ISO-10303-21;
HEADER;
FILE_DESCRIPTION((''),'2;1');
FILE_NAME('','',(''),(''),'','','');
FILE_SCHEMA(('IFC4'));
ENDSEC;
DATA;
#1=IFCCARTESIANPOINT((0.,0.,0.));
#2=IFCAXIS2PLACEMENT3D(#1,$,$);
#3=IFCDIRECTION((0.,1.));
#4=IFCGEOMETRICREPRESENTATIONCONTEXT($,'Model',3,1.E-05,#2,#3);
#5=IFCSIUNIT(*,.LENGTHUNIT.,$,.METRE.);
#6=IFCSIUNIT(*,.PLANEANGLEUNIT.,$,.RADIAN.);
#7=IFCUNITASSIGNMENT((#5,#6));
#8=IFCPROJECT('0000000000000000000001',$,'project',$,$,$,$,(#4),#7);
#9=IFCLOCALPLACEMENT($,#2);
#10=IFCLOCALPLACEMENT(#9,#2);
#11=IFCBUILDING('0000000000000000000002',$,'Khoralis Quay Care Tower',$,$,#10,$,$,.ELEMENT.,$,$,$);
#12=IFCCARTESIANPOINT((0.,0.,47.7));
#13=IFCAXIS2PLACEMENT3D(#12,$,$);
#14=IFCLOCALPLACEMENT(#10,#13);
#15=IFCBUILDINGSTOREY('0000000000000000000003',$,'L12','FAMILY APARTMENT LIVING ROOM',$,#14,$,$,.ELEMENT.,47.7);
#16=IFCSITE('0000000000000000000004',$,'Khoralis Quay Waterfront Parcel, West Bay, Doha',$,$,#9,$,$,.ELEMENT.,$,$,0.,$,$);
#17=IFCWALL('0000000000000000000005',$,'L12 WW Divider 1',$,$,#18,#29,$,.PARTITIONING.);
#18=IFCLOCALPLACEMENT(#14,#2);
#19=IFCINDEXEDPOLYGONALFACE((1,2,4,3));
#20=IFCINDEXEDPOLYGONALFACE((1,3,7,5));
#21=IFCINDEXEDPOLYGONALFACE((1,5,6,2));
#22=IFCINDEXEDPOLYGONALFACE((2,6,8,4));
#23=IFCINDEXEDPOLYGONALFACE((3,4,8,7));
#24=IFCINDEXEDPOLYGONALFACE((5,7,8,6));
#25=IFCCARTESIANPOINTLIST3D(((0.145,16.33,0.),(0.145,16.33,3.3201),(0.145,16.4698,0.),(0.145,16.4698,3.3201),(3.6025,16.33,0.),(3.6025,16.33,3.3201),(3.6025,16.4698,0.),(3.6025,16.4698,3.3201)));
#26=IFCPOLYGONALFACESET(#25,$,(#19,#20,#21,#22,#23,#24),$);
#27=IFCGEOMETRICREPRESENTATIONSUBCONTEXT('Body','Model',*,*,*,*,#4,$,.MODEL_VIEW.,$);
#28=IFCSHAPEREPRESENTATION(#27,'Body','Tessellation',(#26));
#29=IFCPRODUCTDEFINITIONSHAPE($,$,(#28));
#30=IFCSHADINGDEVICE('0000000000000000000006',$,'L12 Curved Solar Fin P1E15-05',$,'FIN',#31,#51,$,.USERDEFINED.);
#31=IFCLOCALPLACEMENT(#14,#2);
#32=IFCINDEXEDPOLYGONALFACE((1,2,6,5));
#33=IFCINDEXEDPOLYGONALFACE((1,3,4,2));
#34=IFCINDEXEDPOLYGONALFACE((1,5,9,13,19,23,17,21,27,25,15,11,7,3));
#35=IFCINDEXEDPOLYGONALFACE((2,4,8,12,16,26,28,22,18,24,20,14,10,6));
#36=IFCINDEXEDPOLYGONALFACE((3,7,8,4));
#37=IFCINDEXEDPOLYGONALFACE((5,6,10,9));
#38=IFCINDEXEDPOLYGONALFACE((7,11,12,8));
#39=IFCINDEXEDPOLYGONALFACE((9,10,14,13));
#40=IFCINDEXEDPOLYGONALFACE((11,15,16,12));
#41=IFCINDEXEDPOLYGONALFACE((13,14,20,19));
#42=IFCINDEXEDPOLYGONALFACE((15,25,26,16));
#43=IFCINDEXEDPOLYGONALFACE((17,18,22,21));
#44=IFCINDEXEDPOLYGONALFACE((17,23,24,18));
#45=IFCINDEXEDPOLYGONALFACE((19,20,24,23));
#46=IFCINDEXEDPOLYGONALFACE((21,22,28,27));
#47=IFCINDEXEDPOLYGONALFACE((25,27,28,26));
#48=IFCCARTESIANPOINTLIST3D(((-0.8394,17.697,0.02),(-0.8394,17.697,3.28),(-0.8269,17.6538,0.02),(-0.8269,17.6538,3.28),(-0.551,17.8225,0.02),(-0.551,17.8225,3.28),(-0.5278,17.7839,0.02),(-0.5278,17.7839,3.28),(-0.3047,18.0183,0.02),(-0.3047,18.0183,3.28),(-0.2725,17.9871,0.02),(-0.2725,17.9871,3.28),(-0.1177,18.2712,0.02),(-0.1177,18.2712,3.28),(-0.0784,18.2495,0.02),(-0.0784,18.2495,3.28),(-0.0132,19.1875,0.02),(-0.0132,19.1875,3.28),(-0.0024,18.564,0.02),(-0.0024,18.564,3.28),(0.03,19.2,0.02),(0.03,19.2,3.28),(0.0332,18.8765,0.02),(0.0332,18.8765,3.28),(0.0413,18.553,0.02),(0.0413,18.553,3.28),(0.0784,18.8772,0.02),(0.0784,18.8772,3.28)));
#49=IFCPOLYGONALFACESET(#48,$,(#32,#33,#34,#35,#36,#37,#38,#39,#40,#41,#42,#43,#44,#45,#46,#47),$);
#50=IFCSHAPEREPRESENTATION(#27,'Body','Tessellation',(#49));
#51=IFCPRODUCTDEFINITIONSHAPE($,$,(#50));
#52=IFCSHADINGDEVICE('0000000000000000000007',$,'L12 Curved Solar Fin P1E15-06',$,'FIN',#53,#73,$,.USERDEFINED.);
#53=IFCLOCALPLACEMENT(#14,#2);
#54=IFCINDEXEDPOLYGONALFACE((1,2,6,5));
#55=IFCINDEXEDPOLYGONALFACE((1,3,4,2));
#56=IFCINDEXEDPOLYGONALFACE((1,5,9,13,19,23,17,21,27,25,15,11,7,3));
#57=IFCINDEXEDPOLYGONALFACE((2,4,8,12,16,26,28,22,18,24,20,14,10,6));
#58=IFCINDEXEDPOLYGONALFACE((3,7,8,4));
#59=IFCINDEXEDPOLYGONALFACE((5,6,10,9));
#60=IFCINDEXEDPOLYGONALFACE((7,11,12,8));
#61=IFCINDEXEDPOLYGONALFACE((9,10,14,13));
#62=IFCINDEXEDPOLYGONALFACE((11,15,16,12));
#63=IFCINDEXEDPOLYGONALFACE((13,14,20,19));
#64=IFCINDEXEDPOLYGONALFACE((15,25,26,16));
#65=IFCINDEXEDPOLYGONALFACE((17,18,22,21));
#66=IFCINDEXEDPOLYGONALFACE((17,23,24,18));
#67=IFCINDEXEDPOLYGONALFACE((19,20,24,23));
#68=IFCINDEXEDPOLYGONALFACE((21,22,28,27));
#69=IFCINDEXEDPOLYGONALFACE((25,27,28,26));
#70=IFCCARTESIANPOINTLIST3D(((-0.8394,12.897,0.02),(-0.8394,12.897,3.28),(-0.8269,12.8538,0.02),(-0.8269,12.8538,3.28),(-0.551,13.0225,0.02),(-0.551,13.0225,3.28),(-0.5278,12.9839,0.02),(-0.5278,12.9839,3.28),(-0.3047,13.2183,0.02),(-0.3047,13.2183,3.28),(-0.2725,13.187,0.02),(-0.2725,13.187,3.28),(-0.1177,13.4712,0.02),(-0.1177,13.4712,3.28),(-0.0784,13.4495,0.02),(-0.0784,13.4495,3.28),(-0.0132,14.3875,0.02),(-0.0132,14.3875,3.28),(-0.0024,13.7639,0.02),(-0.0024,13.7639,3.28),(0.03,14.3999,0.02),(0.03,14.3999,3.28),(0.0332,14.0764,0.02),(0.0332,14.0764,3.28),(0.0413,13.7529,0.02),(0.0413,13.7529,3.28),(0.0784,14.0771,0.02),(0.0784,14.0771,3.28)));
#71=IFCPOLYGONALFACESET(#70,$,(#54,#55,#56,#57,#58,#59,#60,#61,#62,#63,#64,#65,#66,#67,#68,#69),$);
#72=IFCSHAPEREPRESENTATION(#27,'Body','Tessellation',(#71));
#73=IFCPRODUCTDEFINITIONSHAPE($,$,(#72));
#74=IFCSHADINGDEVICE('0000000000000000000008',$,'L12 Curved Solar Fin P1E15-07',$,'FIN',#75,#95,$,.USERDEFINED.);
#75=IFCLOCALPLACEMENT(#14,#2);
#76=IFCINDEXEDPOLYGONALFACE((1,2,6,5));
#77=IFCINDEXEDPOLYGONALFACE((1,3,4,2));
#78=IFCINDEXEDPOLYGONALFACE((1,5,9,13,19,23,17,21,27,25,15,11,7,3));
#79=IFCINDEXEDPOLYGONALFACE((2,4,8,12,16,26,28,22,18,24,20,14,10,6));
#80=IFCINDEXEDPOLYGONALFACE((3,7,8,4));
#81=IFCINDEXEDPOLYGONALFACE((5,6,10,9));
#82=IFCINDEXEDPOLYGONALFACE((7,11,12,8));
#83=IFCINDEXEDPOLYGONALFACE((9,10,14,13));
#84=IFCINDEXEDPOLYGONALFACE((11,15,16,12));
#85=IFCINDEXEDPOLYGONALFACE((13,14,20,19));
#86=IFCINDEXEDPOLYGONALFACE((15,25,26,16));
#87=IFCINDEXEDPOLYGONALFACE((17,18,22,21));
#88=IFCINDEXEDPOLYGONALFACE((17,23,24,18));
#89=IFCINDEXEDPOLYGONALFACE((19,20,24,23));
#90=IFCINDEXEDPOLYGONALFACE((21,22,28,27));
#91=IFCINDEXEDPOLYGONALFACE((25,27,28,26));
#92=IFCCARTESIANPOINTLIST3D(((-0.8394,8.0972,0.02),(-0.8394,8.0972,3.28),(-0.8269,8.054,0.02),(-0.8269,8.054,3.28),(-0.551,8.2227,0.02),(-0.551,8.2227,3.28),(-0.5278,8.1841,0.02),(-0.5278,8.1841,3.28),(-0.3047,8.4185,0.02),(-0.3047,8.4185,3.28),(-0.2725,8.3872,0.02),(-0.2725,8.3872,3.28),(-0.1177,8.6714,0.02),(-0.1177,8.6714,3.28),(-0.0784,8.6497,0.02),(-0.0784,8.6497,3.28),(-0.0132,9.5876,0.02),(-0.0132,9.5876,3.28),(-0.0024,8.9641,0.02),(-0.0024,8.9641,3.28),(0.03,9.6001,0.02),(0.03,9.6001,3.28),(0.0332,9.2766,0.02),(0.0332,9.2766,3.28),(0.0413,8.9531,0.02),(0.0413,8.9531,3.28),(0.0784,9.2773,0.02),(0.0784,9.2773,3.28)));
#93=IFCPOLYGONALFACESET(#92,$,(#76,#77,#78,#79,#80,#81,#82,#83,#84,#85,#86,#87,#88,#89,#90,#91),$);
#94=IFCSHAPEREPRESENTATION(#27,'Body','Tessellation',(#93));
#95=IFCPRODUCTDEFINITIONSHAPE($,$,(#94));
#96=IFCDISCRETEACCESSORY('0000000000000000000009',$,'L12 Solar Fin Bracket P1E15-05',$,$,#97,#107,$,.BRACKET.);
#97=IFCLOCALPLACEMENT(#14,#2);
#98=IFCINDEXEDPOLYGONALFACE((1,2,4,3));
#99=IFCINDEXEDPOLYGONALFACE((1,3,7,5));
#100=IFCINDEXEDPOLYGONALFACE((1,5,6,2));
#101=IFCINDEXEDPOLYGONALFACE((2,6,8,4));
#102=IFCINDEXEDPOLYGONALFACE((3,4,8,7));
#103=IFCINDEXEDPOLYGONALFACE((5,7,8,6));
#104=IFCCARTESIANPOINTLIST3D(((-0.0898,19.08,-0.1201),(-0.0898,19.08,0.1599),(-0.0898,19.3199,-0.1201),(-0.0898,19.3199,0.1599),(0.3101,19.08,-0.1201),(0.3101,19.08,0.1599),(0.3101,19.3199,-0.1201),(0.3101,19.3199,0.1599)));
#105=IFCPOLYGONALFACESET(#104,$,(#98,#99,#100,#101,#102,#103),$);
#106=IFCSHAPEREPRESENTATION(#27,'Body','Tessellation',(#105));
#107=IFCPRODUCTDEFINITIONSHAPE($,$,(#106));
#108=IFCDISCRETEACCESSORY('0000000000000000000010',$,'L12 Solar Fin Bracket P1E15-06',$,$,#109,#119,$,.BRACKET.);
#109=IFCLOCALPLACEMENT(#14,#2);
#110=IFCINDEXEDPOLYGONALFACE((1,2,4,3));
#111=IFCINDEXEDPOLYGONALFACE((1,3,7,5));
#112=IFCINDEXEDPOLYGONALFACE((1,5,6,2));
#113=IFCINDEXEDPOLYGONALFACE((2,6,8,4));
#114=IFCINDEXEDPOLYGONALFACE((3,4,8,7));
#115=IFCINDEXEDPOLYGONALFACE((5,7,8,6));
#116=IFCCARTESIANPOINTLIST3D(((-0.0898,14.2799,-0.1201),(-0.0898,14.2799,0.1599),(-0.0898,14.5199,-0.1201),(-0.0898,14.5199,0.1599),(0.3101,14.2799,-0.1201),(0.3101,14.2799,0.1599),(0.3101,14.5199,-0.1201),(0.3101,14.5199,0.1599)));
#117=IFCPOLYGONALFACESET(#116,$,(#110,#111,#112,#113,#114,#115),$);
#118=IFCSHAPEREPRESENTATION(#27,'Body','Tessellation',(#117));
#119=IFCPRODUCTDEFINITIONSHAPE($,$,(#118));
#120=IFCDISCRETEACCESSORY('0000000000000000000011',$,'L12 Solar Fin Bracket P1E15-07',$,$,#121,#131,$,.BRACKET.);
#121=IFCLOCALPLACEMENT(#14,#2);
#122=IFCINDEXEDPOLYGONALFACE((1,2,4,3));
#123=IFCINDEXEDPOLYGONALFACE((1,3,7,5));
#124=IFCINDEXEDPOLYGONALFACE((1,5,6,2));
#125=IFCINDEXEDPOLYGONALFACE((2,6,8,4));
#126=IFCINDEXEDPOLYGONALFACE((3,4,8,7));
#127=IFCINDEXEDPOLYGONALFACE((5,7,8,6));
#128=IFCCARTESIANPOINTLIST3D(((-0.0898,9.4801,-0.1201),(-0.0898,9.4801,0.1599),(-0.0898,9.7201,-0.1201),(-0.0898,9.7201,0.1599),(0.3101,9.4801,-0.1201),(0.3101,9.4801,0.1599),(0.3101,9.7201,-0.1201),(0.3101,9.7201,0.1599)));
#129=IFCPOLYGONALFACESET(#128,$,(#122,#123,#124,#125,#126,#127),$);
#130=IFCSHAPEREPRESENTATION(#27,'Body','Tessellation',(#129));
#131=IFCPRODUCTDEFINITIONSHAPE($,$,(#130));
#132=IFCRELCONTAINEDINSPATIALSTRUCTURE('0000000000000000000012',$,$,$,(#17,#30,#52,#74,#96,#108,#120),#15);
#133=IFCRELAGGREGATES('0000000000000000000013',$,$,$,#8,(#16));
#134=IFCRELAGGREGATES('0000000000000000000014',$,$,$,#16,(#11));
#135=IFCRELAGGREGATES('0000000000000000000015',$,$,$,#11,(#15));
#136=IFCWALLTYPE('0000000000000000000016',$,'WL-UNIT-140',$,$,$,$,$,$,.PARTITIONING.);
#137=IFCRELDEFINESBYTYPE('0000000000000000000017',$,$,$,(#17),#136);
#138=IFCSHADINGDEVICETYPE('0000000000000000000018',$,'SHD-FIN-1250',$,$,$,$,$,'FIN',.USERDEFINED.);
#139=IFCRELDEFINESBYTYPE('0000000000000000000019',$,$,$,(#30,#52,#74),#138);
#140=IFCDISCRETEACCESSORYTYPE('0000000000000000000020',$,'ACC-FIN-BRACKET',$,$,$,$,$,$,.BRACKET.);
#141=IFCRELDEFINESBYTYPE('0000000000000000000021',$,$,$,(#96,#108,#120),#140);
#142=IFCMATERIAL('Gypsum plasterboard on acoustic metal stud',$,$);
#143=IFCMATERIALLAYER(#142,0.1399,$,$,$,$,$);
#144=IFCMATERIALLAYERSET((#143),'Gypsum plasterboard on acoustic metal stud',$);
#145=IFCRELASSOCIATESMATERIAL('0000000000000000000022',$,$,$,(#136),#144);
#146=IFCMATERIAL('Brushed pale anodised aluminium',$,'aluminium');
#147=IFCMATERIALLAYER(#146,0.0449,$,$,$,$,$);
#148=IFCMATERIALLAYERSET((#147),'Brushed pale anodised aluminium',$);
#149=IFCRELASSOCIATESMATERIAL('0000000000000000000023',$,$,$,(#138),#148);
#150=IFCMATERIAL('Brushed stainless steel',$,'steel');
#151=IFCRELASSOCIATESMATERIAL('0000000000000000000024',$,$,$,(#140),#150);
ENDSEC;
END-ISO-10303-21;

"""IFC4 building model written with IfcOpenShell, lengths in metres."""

from ifc_helpers import new_model, si_unit, direction, frame, frame_2d, origin, origin_2d, place, context, subcontext, project, spatial, polyline, rectangle, outline, extrude, source, transform, mapped, material, layer, layer_set, type_object, element, save


model = new_model("IFC4")

# Units and contexts
model_context = context("Model", 3, precision=1e-05, world=origin(), true_north=direction((0.0, 1.0)))
body_context = subcontext(model_context, "Body", "Model", "MODEL_VIEW")
ifc_project = project(units=[si_unit("LENGTHUNIT", "METRE"), si_unit("PLANEANGLEUNIT", "RADIAN")], contexts=[model_context])

# Site, building, storey
site_placement = place(None, origin())
site = spatial("IfcSite", under=ifc_project, at=site_placement, Name="Khoralis Quay Waterfront Parcel, West Bay, Doha", CompositionType="ELEMENT", RefElevation=0.0)
building_placement = place(site_placement, origin())
building = spatial("IfcBuilding", under=site, at=building_placement, Name="Khoralis Quay Care Tower", CompositionType="ELEMENT")
storey_placement = place(building_placement, frame((0.0, 0.0, 47.7)))
storey = spatial("IfcBuildingStorey", under=building, at=storey_placement, Name="L12", Description="FAMILY APARTMENT LIVING ROOM", CompositionType="ELEMENT", Elevation=47.7)

# Shared definitions
ifc_material_1 = material(Name="Gypsum plasterboard on acoustic metal stud")

# Wall
ifc_layer_1 = layer(ifc_material_1, 0.1399)
ifc_layer_set_1 = layer_set([ifc_layer_1], Name="Gypsum plasterboard on acoustic metal stud")
wall_type_1 = type_object("IfcWallType", Name="WL-UNIT-140", PredefinedType="PARTITIONING", material=ifc_layer_set_1)
wall_1_placement = place(storey_placement, frame((0.145, 16.3999, 0.0), z_axis=(0.0, 0.0, 1.0), x_axis=(1.0, 0.0, 0.0)))
element("IfcWall", 1, at=wall_1_placement, inside=storey, type_object=wall_type_1, Name="L12 WW Divider 1", PredefinedType="PARTITIONING", context=body_context, shape_type="SweptSolid", body=[
    extrude(rectangle(XDim=3.4575, YDim=0.1399, at=frame_2d((1.7288, 0.0))), origin(), (0.0, 0.0, 1.0), 3.3201),
])

# Shading devices
ifc_material_2 = material(Name="Brushed pale anodised aluminium", Category="aluminium")
ifc_layer_2 = layer(ifc_material_2, 0.0449)
ifc_layer_set_2 = layer_set([ifc_layer_2], Name="Brushed pale anodised aluminium")
shading_device_type = type_object("IfcShadingDeviceType", Name="SHD-FIN-1250", ElementType="FIN", PredefinedType="USERDEFINED", material=ifc_layer_set_2)
shared_shape_1 = source(origin(), body_context, "Body", "SweptSolid", [
    extrude(outline(polyline([(0.0, 0.0), (-0.0483, 0.3228), (-0.0112, 0.647), (0.1084, 0.9504), (0.3025, 1.2129), (0.5579, 1.416), (0.8569, 1.5461), (0.8694, 1.5029), (0.5811, 1.3774), (0.3347, 1.1816), (0.1477, 0.9287), (0.0325, 0.636), (-0.0032, 0.3235), (0.0432, 0.0125), (0.0, 0.0)])), origin(), (0.0, 0.0, 1.0), 3.26),
])
for number, where, z_axis, x_axis, name in (
    (2, (0.03, 19.2, 0.02), (0.0, 0.0, 1.0), (-1.0, 0.0, 0.0), "L12 Curved Solar Fin P1E15-05"),
    (3, (0.03, 14.3999, 0.02), (0.0, 0.0, 1.0), (-1.0, 0.0, 0.0), "L12 Curved Solar Fin P1E15-06"),
    (4, (0.03, 9.6001, 0.02), (0.0, 0.0, 1.0), (-1.0, 0.0, 0.0), "L12 Curved Solar Fin P1E15-07"),
):
    element("IfcShadingDevice", number, at=place(storey_placement, frame(where, z_axis=z_axis, x_axis=x_axis)), inside=storey, type_object=shading_device_type, Name=name, ObjectType="FIN", PredefinedType="USERDEFINED", context=body_context, shape_type="MappedRepresentation", body=[
        mapped(shared_shape_1, transform((0.0, 0.0, 0.0), scale=1.0)),
    ])

# Discrete accessories
ifc_material_3 = material(Name="Brushed stainless steel", Category="steel")
discrete_accessory_type = type_object("IfcDiscreteAccessoryType", Name="ACC-FIN-BRACKET", PredefinedType="BRACKET", material=ifc_material_3)
shared_shape_2 = source(origin(), body_context, "Body", "SweptSolid", [
    extrude(rectangle(XDim=0.3999, YDim=0.24, at=origin_2d()), origin(), (0.0, 0.0, 1.0), 0.28),
])
for number, where, z_axis, x_axis, name in (
    (5, (0.1101, 19.2, -0.1201), (0.0, 0.0, 1.0), (-1.0, 0.0, 0.0), "L12 Solar Fin Bracket P1E15-05"),
    (6, (0.1101, 14.3999, -0.1201), (0.0, 0.0, 1.0), (-1.0, 0.0, 0.0), "L12 Solar Fin Bracket P1E15-06"),
    (7, (0.1101, 9.6001, -0.1201), (0.0, 0.0, 1.0), (-1.0, 0.0, 0.0), "L12 Solar Fin Bracket P1E15-07"),
):
    element("IfcDiscreteAccessory", number, at=place(storey_placement, frame(where, z_axis=z_axis, x_axis=x_axis)), inside=storey, type_object=discrete_accessory_type, Name=name, PredefinedType="BRACKET", context=body_context, shape_type="MappedRepresentation", body=[
        mapped(shared_shape_2, transform((0.0, 0.0, 0.0), scale=1.0)),
    ])

save(model, "model.ifc")
